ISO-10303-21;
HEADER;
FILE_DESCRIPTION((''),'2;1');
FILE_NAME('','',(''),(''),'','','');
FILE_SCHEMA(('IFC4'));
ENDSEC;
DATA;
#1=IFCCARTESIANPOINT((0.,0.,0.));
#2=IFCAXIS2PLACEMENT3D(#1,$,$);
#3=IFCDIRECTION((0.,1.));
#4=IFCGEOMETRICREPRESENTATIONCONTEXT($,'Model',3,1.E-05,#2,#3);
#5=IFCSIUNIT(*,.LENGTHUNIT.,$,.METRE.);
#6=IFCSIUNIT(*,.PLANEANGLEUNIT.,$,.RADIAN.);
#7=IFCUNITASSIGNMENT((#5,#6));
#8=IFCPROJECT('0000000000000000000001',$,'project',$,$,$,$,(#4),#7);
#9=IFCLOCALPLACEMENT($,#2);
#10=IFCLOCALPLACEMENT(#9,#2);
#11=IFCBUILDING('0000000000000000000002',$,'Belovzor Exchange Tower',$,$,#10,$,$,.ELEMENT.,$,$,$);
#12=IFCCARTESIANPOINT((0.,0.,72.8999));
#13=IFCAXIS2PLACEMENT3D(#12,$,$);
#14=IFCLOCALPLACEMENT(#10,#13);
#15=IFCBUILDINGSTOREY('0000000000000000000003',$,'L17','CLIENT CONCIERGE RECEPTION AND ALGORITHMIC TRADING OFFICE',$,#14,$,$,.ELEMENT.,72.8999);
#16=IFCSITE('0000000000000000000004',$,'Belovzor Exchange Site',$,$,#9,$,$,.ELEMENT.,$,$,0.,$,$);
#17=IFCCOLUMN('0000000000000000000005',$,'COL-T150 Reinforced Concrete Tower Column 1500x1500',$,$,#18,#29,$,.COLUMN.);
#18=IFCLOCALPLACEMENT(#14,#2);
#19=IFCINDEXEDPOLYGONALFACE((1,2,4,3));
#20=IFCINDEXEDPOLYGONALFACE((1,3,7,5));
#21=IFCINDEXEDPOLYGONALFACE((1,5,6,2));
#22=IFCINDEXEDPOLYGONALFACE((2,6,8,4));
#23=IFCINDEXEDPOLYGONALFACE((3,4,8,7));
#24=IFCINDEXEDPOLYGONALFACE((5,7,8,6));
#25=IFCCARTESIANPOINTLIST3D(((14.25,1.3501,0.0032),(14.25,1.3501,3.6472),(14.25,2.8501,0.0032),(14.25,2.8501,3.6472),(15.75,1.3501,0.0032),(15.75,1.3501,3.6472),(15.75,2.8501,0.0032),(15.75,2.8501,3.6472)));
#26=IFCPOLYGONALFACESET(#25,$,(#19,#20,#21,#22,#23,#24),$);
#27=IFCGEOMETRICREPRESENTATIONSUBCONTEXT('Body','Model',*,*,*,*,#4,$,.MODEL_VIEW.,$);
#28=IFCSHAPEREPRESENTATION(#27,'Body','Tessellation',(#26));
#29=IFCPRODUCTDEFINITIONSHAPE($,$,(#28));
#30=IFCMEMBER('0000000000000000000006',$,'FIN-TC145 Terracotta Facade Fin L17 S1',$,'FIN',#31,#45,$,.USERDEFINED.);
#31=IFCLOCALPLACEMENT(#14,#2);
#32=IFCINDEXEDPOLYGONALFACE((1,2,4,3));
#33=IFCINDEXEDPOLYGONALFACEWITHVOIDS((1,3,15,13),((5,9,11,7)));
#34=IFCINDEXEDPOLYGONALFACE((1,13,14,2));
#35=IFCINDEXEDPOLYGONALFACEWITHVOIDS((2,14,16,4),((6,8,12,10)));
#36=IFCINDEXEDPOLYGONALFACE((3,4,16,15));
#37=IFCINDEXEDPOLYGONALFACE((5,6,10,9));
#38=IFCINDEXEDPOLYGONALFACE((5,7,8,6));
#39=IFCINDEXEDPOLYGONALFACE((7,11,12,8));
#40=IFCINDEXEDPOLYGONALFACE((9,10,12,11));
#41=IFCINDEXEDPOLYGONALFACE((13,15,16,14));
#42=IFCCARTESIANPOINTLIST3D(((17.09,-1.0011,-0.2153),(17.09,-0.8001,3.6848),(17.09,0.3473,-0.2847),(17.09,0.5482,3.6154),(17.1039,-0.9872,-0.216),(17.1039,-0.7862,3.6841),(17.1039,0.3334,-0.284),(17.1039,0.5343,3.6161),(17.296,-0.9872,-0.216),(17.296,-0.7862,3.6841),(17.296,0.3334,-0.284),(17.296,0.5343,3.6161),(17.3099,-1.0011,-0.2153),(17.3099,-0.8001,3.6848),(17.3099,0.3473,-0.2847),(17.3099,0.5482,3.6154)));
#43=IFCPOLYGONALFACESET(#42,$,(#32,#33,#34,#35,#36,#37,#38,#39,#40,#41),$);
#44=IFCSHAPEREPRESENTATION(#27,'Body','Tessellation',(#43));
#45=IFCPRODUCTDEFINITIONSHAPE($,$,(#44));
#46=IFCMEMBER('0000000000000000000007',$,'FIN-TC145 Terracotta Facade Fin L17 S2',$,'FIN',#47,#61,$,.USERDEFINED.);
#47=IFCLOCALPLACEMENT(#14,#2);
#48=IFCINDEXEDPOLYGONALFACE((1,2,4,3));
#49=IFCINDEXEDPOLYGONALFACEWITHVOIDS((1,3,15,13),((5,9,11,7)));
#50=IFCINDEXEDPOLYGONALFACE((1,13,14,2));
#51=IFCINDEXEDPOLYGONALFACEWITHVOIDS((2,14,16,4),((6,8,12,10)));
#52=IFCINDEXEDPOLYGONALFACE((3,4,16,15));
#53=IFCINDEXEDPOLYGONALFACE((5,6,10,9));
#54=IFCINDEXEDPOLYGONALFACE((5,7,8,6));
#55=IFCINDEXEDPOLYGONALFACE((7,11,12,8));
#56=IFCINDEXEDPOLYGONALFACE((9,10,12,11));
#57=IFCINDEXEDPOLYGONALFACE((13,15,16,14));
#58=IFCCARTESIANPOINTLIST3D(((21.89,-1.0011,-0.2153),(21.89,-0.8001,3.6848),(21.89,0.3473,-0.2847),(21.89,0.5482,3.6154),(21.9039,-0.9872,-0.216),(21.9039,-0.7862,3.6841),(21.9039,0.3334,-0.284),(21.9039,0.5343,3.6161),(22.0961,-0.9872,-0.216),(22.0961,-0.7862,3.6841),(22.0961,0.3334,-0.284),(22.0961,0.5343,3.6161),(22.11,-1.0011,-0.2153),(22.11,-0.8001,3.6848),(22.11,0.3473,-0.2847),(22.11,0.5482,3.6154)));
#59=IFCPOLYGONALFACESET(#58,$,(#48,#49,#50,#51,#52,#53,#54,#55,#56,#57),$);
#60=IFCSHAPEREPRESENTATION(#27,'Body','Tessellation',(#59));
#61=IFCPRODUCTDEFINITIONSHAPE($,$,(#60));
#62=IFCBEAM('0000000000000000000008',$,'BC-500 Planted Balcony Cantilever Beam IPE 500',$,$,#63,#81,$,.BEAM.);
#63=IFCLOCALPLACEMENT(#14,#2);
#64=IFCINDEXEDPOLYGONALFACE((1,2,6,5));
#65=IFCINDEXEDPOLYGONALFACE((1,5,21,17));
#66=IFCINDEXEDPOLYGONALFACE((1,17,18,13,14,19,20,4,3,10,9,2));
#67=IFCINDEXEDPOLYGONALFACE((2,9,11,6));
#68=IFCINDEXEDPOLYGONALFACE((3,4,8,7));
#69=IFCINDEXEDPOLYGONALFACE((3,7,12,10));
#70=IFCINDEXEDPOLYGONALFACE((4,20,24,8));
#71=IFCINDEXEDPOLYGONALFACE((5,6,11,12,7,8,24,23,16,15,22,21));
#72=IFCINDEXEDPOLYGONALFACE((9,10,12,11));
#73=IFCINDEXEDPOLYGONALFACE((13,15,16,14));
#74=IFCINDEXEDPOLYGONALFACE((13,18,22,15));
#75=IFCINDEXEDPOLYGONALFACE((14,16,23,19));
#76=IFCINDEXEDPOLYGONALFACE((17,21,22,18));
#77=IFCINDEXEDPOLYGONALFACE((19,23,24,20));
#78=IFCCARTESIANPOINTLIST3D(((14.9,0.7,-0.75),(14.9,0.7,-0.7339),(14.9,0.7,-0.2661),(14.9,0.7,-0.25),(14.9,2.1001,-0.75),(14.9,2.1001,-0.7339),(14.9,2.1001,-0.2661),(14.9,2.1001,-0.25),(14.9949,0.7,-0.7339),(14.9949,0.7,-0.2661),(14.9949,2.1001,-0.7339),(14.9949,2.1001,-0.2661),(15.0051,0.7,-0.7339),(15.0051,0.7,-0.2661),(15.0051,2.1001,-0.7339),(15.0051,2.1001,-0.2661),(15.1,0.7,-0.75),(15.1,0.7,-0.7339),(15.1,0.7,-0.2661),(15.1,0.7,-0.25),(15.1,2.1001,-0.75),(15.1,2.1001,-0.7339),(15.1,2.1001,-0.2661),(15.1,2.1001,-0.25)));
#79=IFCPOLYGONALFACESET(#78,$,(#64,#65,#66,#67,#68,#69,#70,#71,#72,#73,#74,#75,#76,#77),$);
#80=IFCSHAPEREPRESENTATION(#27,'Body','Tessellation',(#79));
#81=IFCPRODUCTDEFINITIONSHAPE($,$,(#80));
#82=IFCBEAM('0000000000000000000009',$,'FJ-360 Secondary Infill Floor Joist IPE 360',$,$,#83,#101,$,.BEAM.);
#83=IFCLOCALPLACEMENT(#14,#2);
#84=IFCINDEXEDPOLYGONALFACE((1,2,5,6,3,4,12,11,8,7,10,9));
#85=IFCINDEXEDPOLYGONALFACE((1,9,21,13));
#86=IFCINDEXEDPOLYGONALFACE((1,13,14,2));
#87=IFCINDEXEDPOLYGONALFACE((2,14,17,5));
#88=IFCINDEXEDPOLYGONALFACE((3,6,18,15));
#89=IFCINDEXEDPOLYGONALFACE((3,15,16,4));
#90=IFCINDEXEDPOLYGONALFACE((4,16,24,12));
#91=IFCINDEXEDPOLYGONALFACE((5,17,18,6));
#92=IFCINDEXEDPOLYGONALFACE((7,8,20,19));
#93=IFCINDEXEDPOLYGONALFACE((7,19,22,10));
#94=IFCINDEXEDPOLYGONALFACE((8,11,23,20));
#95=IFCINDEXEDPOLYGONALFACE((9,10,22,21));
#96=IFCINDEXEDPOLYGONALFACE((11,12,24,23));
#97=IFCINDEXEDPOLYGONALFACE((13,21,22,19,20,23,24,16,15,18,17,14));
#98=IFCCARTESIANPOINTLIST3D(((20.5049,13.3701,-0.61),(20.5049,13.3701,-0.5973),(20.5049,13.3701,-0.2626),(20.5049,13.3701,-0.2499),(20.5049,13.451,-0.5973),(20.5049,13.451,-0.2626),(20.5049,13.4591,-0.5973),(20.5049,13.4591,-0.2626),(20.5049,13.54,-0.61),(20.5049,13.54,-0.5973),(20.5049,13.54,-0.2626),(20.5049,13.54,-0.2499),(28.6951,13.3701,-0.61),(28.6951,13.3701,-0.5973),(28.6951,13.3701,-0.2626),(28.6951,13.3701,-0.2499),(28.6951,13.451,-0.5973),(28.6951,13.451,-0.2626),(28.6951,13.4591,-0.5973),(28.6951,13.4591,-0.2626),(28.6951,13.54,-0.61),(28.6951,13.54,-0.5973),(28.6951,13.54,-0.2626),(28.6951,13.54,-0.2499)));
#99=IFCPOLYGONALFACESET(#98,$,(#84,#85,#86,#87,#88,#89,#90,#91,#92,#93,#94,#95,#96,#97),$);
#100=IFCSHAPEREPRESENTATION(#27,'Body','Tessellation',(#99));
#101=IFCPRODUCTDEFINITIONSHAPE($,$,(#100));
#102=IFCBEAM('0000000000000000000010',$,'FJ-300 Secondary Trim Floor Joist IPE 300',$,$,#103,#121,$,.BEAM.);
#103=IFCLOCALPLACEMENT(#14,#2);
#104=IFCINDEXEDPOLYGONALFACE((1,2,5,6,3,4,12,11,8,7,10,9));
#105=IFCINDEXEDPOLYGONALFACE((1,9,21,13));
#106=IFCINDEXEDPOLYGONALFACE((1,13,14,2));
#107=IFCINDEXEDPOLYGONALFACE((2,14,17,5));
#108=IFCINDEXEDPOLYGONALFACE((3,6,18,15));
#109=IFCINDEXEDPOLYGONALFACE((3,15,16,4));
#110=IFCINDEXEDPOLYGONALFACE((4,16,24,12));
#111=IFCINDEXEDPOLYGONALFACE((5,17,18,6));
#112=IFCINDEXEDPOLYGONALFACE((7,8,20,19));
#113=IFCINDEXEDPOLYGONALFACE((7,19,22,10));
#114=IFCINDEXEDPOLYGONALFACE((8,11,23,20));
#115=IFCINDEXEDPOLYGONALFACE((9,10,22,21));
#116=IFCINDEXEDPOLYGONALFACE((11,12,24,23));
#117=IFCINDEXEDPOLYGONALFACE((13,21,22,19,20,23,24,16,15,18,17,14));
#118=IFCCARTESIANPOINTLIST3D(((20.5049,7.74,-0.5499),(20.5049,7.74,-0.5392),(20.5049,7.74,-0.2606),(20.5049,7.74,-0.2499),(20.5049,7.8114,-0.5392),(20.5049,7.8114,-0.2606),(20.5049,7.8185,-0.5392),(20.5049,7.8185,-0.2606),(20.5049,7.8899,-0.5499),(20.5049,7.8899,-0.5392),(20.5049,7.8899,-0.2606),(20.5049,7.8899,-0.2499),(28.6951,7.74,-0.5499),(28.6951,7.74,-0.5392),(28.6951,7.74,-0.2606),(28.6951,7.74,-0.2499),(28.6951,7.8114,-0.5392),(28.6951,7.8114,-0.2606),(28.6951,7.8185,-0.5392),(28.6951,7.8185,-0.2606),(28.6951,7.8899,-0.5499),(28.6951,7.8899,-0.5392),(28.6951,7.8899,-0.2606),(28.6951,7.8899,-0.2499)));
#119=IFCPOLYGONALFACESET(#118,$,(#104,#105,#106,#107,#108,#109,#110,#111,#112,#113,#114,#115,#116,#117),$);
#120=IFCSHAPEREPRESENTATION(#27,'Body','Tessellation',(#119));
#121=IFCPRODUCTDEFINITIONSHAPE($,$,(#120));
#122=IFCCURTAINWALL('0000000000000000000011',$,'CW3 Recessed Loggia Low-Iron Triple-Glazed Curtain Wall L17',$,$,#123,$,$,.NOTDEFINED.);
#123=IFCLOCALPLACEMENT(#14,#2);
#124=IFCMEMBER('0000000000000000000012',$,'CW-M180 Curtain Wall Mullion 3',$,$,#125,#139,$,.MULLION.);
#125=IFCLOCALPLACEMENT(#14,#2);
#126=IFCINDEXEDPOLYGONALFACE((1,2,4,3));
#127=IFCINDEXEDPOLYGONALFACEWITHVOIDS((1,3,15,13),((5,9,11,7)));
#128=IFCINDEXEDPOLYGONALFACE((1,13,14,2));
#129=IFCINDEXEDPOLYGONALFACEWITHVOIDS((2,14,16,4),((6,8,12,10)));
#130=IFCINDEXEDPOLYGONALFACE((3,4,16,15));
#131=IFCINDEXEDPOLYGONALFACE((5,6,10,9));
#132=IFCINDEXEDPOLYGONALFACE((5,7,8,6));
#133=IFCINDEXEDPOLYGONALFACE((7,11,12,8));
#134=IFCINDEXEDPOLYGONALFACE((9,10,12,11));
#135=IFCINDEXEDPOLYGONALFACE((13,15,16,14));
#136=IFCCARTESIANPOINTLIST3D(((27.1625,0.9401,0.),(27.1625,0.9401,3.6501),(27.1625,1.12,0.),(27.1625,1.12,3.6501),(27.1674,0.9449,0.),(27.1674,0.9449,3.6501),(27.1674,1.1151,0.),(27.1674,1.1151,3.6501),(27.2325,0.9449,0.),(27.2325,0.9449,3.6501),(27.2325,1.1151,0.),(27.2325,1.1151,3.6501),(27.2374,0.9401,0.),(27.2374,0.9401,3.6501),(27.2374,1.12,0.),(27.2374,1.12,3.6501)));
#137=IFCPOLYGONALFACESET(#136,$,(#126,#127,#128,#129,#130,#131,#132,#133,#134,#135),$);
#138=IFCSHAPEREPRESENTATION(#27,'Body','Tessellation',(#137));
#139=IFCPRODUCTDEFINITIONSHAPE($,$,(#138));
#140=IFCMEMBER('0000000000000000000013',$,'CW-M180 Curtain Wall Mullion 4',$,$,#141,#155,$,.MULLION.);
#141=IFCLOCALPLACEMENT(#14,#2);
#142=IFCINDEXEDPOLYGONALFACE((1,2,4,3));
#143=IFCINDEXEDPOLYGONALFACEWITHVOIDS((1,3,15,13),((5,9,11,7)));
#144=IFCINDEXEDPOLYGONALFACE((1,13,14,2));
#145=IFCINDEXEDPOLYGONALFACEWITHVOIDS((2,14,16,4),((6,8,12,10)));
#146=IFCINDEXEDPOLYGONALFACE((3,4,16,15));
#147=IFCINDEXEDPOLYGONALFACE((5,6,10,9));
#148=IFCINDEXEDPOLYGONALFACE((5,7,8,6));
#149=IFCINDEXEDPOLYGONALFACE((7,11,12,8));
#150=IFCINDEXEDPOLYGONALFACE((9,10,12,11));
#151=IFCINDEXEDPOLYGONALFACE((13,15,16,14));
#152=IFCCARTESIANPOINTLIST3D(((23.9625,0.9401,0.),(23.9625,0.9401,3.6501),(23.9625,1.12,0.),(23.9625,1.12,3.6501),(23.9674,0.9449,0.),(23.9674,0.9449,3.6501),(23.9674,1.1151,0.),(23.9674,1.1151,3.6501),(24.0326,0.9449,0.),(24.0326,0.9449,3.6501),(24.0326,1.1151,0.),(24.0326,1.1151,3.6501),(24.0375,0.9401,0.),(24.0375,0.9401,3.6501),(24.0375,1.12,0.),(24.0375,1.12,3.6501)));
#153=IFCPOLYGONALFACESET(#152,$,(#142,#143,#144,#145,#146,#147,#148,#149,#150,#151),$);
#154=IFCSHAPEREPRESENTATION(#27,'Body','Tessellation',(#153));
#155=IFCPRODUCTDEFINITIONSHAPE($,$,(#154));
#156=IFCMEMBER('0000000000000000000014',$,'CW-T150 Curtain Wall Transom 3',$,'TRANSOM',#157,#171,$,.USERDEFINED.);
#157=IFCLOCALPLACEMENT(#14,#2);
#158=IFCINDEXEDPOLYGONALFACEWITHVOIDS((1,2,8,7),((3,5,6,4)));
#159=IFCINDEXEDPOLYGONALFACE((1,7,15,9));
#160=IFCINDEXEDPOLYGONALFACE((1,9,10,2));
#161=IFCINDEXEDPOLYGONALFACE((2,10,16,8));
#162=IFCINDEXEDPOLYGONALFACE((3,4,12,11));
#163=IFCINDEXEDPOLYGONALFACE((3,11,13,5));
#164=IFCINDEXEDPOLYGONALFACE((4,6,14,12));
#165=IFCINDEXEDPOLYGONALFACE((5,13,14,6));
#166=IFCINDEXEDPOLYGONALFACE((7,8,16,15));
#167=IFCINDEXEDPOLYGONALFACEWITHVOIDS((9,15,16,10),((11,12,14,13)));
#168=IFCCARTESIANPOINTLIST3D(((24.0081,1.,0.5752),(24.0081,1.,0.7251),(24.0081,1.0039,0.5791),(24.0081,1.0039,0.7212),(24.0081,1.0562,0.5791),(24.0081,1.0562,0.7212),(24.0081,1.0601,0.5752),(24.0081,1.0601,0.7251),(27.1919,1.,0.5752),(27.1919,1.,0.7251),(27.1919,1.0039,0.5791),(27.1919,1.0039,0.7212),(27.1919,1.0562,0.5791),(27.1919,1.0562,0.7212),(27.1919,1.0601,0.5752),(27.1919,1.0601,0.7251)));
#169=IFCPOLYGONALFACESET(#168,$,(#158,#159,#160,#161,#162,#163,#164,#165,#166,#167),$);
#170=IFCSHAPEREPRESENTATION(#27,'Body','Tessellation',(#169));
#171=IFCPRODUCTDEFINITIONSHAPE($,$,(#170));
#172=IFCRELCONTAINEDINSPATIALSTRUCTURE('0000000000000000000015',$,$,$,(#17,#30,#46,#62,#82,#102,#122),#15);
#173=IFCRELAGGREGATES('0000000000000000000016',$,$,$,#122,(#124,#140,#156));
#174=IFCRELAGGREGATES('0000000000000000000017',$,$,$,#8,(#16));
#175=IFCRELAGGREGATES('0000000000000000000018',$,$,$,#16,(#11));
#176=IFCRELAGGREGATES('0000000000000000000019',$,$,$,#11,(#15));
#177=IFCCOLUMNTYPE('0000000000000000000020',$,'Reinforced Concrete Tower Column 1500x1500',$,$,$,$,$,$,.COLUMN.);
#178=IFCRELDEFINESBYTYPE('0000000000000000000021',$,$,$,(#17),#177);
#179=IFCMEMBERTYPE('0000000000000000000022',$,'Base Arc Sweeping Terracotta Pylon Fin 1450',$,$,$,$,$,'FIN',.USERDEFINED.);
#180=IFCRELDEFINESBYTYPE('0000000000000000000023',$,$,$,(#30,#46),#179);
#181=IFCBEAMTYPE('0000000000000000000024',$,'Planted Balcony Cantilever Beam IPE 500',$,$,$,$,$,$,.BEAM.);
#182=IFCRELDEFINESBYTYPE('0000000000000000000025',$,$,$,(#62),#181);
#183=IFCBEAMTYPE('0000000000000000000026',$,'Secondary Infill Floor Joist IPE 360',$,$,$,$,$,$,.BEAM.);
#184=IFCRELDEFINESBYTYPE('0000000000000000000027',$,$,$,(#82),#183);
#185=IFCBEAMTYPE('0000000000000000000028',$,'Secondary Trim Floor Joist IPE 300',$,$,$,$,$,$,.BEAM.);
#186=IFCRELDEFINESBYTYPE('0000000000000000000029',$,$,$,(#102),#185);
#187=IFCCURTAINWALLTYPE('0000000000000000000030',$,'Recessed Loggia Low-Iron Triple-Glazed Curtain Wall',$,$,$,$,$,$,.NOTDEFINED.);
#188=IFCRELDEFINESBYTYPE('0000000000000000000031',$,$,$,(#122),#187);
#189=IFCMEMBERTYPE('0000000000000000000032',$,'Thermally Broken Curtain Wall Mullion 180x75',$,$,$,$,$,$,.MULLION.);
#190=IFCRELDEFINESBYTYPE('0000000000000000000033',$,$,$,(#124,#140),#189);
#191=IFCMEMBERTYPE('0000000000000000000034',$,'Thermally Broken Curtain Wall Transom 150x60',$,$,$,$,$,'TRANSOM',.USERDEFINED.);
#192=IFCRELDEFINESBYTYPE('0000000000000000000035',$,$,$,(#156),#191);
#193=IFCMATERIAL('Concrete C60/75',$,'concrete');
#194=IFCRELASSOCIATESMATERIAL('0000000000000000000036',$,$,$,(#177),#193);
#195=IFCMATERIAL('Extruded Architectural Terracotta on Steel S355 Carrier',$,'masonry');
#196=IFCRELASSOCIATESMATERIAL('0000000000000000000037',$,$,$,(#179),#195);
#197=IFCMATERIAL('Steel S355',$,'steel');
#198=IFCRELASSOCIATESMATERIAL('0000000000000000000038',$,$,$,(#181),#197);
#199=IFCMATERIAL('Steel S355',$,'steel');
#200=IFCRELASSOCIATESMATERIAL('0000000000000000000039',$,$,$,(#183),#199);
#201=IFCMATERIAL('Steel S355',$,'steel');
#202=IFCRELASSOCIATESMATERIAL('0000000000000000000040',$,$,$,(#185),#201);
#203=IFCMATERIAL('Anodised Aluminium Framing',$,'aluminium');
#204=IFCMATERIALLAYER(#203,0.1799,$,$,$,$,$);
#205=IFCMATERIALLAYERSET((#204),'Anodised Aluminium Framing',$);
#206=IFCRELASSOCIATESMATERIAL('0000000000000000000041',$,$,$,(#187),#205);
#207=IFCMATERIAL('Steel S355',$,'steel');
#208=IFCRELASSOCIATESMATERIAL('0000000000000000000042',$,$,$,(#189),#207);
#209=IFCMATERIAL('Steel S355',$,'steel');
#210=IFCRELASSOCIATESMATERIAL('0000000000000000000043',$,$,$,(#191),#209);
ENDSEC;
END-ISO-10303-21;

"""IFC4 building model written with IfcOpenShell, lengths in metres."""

from ifc_helpers import new_model, si_unit, direction, frame, origin, origin_2d, place, context, subcontext, project, spatial, rectangle, hollow_rectangle, i_section, extrude, material, layer, layer_set, material_profile, profile_set, type_object, element, aggregate, save


model = new_model("IFC4")

# Units and contexts
model_context = context("Model", 3, precision=1e-05, world=origin(), true_north=direction((0.0, 1.0)))
body_context = subcontext(model_context, "Body", "Model", "MODEL_VIEW")
ifc_project = project(units=[si_unit("LENGTHUNIT", "METRE"), si_unit("PLANEANGLEUNIT", "RADIAN")], contexts=[model_context])

# Site, building, storey
site_placement = place(None, origin())
site = spatial("IfcSite", under=ifc_project, at=site_placement, Name="Belovzor Exchange Site", CompositionType="ELEMENT", RefElevation=0.0)
building_placement = place(site_placement, origin())
building = spatial("IfcBuilding", under=site, at=building_placement, Name="Belovzor Exchange Tower", CompositionType="ELEMENT")
storey_placement = place(building_placement, frame((0.0, 0.0, 72.8999)))
storey = spatial("IfcBuildingStorey", under=building, at=storey_placement, Name="L17", Description="CLIENT CONCIERGE RECEPTION AND ALGORITHMIC TRADING OFFICE", CompositionType="ELEMENT", Elevation=72.8999)

# Column
ifc_material_1 = material(Name="Concrete C60/75", Category="concrete")
ifc_material_profile_1 = material_profile(ifc_material_1, rectangle(XDim=1.5, YDim=1.5, at=origin_2d()))
ifc_profile_set_1 = profile_set([ifc_material_profile_1], Name="Concrete C60/75")
column_type = type_object("IfcColumnType", Name="Reinforced Concrete Tower Column 1500x1500", PredefinedType="COLUMN", material=ifc_profile_set_1)
column_placement = place(storey_placement, frame((15.0, 2.1001, 0.0032), z_axis=(0.0, 0.0, 1.0), x_axis=(1.0, 0.0, 0.0)))
element("IfcColumn", 1, at=column_placement, inside=storey, type_object=column_type, Name="COL-T150 Reinforced Concrete Tower Column 1500x1500", PredefinedType="COLUMN", context=body_context, shape_type="SweptSolid", body=[
    extrude(rectangle(XDim=1.5, YDim=1.5, at=origin_2d()), origin(), (0.0, 0.0, 1.0), 3.644),
])

# Members
ifc_material_2 = material(Name="Extruded Architectural Terracotta on Steel S355 Carrier", Category="masonry")
ifc_material_profile_2 = material_profile(ifc_material_2, hollow_rectangle(XDim=0.22, YDim=1.3501, WallThickness=0.0139, at=origin_2d()))
ifc_profile_set_2 = profile_set([ifc_material_profile_2], Name="Extruded Architectural Terracotta on Steel S355 Carrier")
member_type_1 = type_object("IfcMemberType", Name="Base Arc Sweeping Terracotta Pylon Fin 1450", ElementType="FIN", PredefinedType="USERDEFINED", material=ifc_profile_set_2)
for number, where, z_axis, x_axis, name in (
    (2, (17.2, -0.3269, -0.25), (0.0, 0.05145, 0.998676), (-1.0, 0.0, 0.0), "FIN-TC145 Terracotta Facade Fin L17 S1"),
    (3, (22.0, -0.3269, -0.25), (0.0, 0.05145, 0.998676), (-1.0, 0.0, 0.0), "FIN-TC145 Terracotta Facade Fin L17 S2"),
):
    element("IfcMember", number, at=place(storey_placement, frame(where, z_axis=z_axis, x_axis=x_axis)), inside=storey, type_object=member_type_1, Name=name, ObjectType="FIN", PredefinedType="USERDEFINED", context=body_context, shape_type="SweptSolid", body=[
        extrude(hollow_rectangle(XDim=0.22, YDim=1.3501, WallThickness=0.0139, at=origin_2d()), origin(), (0.0, 0.0, 1.0), 3.9053),
    ])

# Beams
ifc_material_3 = material(Name="Steel S355", Category="steel")
ifc_material_profile_3 = material_profile(ifc_material_3, i_section(OverallWidth=0.2, OverallDepth=0.5, WebThickness=0.0103, FlangeThickness=0.0161, at=origin_2d()))
ifc_profile_set_3 = profile_set([ifc_material_profile_3], Name="Steel S355")
beam_type_1 = type_object("IfcBeamType", Name="Planted Balcony Cantilever Beam IPE 500", PredefinedType="BEAM", material=ifc_profile_set_3)
beam_1_placement = place(storey_placement, frame((15.0, 2.1001, -0.5), z_axis=(0.0, -1.0, 0.0), x_axis=(1.0, 0.0, 0.0)))
element("IfcBeam", 4, at=beam_1_placement, inside=storey, type_object=beam_type_1, Name="BC-500 Planted Balcony Cantilever Beam IPE 500", PredefinedType="BEAM", context=body_context, shape_type="SweptSolid", body=[
    extrude(i_section(OverallWidth=0.2, OverallDepth=0.5, WebThickness=0.0103, FlangeThickness=0.0161, at=origin_2d()), origin(), (0.0, 0.0, 1.0), 1.4001),
])
ifc_material_4 = material(Name="Steel S355", Category="steel")
ifc_material_profile_4 = material_profile(ifc_material_4, i_section(OverallWidth=0.1699, OverallDepth=0.3601, WebThickness=0.0081, FlangeThickness=0.0127, at=origin_2d()))
ifc_profile_set_4 = profile_set([ifc_material_profile_4], Name="Steel S355")
beam_type_2 = type_object("IfcBeamType", Name="Secondary Infill Floor Joist IPE 360", PredefinedType="BEAM", material=ifc_profile_set_4)
beam_2_placement = place(storey_placement, frame((20.5049, 13.4551, -0.4299), z_axis=(1.0, 0.0, 0.0), x_axis=(0.0, 1.0, 0.0)))
element("IfcBeam", 5, at=beam_2_placement, inside=storey, type_object=beam_type_2, Name="FJ-360 Secondary Infill Floor Joist IPE 360", PredefinedType="BEAM", context=body_context, shape_type="SweptSolid", body=[
    extrude(i_section(OverallWidth=0.1699, OverallDepth=0.3601, WebThickness=0.0081, FlangeThickness=0.0127, at=origin_2d()), origin(), (0.0, 0.0, 1.0), 8.1902),
])
ifc_material_5 = material(Name="Steel S355", Category="steel")
ifc_material_profile_5 = material_profile(ifc_material_5, i_section(OverallWidth=0.1499, OverallDepth=0.3, WebThickness=0.0071, FlangeThickness=0.0107, at=origin_2d()))
ifc_profile_set_5 = profile_set([ifc_material_profile_5], Name="Steel S355")
beam_type_3 = type_object("IfcBeamType", Name="Secondary Trim Floor Joist IPE 300", PredefinedType="BEAM", material=ifc_profile_set_5)
beam_3_placement = place(storey_placement, frame((20.5049, 7.8149, -0.3999), z_axis=(1.0, 0.0, 0.0), x_axis=(0.0, 1.0, 0.0)))
element("IfcBeam", 6, at=beam_3_placement, inside=storey, type_object=beam_type_3, Name="FJ-300 Secondary Trim Floor Joist IPE 300", PredefinedType="BEAM", context=body_context, shape_type="SweptSolid", body=[
    extrude(i_section(OverallWidth=0.1499, OverallDepth=0.3, WebThickness=0.0071, FlangeThickness=0.0107, at=origin_2d()), origin(), (0.0, 0.0, 1.0), 8.1902),
])

# Curtain wall, members
ifc_material_6 = material(Name="Anodised Aluminium Framing", Category="aluminium")
ifc_layer_1 = layer(ifc_material_6, 0.1799)
ifc_layer_set_1 = layer_set([ifc_layer_1], Name="Anodised Aluminium Framing")
curtain_wall_type = type_object("IfcCurtainWallType", Name="Recessed Loggia Low-Iron Triple-Glazed Curtain Wall", PredefinedType="NOTDEFINED", material=ifc_layer_set_1)
curtain_wall_placement = place(storey_placement, origin())
curtain_wall = element("IfcCurtainWall", 7, at=curtain_wall_placement, inside=storey, type_object=curtain_wall_type, Name="CW3 Recessed Loggia Low-Iron Triple-Glazed Curtain Wall L17", PredefinedType="NOTDEFINED")
ifc_material_7 = material(Name="Steel S355", Category="steel")
ifc_material_profile_6 = material_profile(ifc_material_7, hollow_rectangle(XDim=0.075, YDim=0.1799, WallThickness=0.0049, at=origin_2d()))
ifc_profile_set_6 = profile_set([ifc_material_profile_6], Name="Steel S355")
member_type_2 = type_object("IfcMemberType", Name="Thermally Broken Curtain Wall Mullion 180x75", PredefinedType="MULLION", material=ifc_profile_set_6)
member_1_placement = place(storey_placement, frame((27.2, 1.03, 0.0), z_axis=(0.0, 0.0, 1.0), x_axis=(-1.0, 0.0, 0.0)))
member_1 = element("IfcMember", 8, at=member_1_placement, type_object=member_type_2, Name="CW-M180 Curtain Wall Mullion 3", PredefinedType="MULLION", context=body_context, shape_type="SweptSolid", body=[
    extrude(hollow_rectangle(XDim=0.075, YDim=0.1799, WallThickness=0.0049, at=origin_2d()), origin(), (0.0, 0.0, 1.0), 3.6501),
])
member_2_placement = place(storey_placement, frame((24.0, 1.03, 0.0), z_axis=(0.0, 0.0, 1.0), x_axis=(-1.0, 0.0, 0.0)))
member_2 = element("IfcMember", 9, at=member_2_placement, type_object=member_type_2, Name="CW-M180 Curtain Wall Mullion 4", PredefinedType="MULLION", context=body_context, shape_type="SweptSolid", body=[
    extrude(hollow_rectangle(XDim=0.075, YDim=0.1799, WallThickness=0.0049, at=origin_2d()), origin(), (0.0, 0.0, 1.0), 3.6501),
])
ifc_material_8 = material(Name="Steel S355", Category="steel")
ifc_material_profile_7 = material_profile(ifc_material_8, hollow_rectangle(XDim=0.0601, YDim=0.1499, WallThickness=0.0039, at=origin_2d()))
ifc_profile_set_7 = profile_set([ifc_material_profile_7], Name="Steel S355")
member_type_3 = type_object("IfcMemberType", Name="Thermally Broken Curtain Wall Transom 150x60", ElementType="TRANSOM", PredefinedType="USERDEFINED", material=ifc_profile_set_7)
member_3_placement = place(storey_placement, frame((27.1919, 1.03, 0.6501), z_axis=(-1.0, 0.0, 0.0), x_axis=(0.0, -1.0, 0.0)))
member_3 = element("IfcMember", 10, at=member_3_placement, type_object=member_type_3, Name="CW-T150 Curtain Wall Transom 3", ObjectType="TRANSOM", PredefinedType="USERDEFINED", context=body_context, shape_type="SweptSolid", body=[
    extrude(hollow_rectangle(XDim=0.0601, YDim=0.1499, WallThickness=0.0039, at=origin_2d()), origin(), (0.0, 0.0, 1.0), 3.1838),
])

aggregate(curtain_wall, [member_1, member_2, member_3])

save(model, "model.ifc")
